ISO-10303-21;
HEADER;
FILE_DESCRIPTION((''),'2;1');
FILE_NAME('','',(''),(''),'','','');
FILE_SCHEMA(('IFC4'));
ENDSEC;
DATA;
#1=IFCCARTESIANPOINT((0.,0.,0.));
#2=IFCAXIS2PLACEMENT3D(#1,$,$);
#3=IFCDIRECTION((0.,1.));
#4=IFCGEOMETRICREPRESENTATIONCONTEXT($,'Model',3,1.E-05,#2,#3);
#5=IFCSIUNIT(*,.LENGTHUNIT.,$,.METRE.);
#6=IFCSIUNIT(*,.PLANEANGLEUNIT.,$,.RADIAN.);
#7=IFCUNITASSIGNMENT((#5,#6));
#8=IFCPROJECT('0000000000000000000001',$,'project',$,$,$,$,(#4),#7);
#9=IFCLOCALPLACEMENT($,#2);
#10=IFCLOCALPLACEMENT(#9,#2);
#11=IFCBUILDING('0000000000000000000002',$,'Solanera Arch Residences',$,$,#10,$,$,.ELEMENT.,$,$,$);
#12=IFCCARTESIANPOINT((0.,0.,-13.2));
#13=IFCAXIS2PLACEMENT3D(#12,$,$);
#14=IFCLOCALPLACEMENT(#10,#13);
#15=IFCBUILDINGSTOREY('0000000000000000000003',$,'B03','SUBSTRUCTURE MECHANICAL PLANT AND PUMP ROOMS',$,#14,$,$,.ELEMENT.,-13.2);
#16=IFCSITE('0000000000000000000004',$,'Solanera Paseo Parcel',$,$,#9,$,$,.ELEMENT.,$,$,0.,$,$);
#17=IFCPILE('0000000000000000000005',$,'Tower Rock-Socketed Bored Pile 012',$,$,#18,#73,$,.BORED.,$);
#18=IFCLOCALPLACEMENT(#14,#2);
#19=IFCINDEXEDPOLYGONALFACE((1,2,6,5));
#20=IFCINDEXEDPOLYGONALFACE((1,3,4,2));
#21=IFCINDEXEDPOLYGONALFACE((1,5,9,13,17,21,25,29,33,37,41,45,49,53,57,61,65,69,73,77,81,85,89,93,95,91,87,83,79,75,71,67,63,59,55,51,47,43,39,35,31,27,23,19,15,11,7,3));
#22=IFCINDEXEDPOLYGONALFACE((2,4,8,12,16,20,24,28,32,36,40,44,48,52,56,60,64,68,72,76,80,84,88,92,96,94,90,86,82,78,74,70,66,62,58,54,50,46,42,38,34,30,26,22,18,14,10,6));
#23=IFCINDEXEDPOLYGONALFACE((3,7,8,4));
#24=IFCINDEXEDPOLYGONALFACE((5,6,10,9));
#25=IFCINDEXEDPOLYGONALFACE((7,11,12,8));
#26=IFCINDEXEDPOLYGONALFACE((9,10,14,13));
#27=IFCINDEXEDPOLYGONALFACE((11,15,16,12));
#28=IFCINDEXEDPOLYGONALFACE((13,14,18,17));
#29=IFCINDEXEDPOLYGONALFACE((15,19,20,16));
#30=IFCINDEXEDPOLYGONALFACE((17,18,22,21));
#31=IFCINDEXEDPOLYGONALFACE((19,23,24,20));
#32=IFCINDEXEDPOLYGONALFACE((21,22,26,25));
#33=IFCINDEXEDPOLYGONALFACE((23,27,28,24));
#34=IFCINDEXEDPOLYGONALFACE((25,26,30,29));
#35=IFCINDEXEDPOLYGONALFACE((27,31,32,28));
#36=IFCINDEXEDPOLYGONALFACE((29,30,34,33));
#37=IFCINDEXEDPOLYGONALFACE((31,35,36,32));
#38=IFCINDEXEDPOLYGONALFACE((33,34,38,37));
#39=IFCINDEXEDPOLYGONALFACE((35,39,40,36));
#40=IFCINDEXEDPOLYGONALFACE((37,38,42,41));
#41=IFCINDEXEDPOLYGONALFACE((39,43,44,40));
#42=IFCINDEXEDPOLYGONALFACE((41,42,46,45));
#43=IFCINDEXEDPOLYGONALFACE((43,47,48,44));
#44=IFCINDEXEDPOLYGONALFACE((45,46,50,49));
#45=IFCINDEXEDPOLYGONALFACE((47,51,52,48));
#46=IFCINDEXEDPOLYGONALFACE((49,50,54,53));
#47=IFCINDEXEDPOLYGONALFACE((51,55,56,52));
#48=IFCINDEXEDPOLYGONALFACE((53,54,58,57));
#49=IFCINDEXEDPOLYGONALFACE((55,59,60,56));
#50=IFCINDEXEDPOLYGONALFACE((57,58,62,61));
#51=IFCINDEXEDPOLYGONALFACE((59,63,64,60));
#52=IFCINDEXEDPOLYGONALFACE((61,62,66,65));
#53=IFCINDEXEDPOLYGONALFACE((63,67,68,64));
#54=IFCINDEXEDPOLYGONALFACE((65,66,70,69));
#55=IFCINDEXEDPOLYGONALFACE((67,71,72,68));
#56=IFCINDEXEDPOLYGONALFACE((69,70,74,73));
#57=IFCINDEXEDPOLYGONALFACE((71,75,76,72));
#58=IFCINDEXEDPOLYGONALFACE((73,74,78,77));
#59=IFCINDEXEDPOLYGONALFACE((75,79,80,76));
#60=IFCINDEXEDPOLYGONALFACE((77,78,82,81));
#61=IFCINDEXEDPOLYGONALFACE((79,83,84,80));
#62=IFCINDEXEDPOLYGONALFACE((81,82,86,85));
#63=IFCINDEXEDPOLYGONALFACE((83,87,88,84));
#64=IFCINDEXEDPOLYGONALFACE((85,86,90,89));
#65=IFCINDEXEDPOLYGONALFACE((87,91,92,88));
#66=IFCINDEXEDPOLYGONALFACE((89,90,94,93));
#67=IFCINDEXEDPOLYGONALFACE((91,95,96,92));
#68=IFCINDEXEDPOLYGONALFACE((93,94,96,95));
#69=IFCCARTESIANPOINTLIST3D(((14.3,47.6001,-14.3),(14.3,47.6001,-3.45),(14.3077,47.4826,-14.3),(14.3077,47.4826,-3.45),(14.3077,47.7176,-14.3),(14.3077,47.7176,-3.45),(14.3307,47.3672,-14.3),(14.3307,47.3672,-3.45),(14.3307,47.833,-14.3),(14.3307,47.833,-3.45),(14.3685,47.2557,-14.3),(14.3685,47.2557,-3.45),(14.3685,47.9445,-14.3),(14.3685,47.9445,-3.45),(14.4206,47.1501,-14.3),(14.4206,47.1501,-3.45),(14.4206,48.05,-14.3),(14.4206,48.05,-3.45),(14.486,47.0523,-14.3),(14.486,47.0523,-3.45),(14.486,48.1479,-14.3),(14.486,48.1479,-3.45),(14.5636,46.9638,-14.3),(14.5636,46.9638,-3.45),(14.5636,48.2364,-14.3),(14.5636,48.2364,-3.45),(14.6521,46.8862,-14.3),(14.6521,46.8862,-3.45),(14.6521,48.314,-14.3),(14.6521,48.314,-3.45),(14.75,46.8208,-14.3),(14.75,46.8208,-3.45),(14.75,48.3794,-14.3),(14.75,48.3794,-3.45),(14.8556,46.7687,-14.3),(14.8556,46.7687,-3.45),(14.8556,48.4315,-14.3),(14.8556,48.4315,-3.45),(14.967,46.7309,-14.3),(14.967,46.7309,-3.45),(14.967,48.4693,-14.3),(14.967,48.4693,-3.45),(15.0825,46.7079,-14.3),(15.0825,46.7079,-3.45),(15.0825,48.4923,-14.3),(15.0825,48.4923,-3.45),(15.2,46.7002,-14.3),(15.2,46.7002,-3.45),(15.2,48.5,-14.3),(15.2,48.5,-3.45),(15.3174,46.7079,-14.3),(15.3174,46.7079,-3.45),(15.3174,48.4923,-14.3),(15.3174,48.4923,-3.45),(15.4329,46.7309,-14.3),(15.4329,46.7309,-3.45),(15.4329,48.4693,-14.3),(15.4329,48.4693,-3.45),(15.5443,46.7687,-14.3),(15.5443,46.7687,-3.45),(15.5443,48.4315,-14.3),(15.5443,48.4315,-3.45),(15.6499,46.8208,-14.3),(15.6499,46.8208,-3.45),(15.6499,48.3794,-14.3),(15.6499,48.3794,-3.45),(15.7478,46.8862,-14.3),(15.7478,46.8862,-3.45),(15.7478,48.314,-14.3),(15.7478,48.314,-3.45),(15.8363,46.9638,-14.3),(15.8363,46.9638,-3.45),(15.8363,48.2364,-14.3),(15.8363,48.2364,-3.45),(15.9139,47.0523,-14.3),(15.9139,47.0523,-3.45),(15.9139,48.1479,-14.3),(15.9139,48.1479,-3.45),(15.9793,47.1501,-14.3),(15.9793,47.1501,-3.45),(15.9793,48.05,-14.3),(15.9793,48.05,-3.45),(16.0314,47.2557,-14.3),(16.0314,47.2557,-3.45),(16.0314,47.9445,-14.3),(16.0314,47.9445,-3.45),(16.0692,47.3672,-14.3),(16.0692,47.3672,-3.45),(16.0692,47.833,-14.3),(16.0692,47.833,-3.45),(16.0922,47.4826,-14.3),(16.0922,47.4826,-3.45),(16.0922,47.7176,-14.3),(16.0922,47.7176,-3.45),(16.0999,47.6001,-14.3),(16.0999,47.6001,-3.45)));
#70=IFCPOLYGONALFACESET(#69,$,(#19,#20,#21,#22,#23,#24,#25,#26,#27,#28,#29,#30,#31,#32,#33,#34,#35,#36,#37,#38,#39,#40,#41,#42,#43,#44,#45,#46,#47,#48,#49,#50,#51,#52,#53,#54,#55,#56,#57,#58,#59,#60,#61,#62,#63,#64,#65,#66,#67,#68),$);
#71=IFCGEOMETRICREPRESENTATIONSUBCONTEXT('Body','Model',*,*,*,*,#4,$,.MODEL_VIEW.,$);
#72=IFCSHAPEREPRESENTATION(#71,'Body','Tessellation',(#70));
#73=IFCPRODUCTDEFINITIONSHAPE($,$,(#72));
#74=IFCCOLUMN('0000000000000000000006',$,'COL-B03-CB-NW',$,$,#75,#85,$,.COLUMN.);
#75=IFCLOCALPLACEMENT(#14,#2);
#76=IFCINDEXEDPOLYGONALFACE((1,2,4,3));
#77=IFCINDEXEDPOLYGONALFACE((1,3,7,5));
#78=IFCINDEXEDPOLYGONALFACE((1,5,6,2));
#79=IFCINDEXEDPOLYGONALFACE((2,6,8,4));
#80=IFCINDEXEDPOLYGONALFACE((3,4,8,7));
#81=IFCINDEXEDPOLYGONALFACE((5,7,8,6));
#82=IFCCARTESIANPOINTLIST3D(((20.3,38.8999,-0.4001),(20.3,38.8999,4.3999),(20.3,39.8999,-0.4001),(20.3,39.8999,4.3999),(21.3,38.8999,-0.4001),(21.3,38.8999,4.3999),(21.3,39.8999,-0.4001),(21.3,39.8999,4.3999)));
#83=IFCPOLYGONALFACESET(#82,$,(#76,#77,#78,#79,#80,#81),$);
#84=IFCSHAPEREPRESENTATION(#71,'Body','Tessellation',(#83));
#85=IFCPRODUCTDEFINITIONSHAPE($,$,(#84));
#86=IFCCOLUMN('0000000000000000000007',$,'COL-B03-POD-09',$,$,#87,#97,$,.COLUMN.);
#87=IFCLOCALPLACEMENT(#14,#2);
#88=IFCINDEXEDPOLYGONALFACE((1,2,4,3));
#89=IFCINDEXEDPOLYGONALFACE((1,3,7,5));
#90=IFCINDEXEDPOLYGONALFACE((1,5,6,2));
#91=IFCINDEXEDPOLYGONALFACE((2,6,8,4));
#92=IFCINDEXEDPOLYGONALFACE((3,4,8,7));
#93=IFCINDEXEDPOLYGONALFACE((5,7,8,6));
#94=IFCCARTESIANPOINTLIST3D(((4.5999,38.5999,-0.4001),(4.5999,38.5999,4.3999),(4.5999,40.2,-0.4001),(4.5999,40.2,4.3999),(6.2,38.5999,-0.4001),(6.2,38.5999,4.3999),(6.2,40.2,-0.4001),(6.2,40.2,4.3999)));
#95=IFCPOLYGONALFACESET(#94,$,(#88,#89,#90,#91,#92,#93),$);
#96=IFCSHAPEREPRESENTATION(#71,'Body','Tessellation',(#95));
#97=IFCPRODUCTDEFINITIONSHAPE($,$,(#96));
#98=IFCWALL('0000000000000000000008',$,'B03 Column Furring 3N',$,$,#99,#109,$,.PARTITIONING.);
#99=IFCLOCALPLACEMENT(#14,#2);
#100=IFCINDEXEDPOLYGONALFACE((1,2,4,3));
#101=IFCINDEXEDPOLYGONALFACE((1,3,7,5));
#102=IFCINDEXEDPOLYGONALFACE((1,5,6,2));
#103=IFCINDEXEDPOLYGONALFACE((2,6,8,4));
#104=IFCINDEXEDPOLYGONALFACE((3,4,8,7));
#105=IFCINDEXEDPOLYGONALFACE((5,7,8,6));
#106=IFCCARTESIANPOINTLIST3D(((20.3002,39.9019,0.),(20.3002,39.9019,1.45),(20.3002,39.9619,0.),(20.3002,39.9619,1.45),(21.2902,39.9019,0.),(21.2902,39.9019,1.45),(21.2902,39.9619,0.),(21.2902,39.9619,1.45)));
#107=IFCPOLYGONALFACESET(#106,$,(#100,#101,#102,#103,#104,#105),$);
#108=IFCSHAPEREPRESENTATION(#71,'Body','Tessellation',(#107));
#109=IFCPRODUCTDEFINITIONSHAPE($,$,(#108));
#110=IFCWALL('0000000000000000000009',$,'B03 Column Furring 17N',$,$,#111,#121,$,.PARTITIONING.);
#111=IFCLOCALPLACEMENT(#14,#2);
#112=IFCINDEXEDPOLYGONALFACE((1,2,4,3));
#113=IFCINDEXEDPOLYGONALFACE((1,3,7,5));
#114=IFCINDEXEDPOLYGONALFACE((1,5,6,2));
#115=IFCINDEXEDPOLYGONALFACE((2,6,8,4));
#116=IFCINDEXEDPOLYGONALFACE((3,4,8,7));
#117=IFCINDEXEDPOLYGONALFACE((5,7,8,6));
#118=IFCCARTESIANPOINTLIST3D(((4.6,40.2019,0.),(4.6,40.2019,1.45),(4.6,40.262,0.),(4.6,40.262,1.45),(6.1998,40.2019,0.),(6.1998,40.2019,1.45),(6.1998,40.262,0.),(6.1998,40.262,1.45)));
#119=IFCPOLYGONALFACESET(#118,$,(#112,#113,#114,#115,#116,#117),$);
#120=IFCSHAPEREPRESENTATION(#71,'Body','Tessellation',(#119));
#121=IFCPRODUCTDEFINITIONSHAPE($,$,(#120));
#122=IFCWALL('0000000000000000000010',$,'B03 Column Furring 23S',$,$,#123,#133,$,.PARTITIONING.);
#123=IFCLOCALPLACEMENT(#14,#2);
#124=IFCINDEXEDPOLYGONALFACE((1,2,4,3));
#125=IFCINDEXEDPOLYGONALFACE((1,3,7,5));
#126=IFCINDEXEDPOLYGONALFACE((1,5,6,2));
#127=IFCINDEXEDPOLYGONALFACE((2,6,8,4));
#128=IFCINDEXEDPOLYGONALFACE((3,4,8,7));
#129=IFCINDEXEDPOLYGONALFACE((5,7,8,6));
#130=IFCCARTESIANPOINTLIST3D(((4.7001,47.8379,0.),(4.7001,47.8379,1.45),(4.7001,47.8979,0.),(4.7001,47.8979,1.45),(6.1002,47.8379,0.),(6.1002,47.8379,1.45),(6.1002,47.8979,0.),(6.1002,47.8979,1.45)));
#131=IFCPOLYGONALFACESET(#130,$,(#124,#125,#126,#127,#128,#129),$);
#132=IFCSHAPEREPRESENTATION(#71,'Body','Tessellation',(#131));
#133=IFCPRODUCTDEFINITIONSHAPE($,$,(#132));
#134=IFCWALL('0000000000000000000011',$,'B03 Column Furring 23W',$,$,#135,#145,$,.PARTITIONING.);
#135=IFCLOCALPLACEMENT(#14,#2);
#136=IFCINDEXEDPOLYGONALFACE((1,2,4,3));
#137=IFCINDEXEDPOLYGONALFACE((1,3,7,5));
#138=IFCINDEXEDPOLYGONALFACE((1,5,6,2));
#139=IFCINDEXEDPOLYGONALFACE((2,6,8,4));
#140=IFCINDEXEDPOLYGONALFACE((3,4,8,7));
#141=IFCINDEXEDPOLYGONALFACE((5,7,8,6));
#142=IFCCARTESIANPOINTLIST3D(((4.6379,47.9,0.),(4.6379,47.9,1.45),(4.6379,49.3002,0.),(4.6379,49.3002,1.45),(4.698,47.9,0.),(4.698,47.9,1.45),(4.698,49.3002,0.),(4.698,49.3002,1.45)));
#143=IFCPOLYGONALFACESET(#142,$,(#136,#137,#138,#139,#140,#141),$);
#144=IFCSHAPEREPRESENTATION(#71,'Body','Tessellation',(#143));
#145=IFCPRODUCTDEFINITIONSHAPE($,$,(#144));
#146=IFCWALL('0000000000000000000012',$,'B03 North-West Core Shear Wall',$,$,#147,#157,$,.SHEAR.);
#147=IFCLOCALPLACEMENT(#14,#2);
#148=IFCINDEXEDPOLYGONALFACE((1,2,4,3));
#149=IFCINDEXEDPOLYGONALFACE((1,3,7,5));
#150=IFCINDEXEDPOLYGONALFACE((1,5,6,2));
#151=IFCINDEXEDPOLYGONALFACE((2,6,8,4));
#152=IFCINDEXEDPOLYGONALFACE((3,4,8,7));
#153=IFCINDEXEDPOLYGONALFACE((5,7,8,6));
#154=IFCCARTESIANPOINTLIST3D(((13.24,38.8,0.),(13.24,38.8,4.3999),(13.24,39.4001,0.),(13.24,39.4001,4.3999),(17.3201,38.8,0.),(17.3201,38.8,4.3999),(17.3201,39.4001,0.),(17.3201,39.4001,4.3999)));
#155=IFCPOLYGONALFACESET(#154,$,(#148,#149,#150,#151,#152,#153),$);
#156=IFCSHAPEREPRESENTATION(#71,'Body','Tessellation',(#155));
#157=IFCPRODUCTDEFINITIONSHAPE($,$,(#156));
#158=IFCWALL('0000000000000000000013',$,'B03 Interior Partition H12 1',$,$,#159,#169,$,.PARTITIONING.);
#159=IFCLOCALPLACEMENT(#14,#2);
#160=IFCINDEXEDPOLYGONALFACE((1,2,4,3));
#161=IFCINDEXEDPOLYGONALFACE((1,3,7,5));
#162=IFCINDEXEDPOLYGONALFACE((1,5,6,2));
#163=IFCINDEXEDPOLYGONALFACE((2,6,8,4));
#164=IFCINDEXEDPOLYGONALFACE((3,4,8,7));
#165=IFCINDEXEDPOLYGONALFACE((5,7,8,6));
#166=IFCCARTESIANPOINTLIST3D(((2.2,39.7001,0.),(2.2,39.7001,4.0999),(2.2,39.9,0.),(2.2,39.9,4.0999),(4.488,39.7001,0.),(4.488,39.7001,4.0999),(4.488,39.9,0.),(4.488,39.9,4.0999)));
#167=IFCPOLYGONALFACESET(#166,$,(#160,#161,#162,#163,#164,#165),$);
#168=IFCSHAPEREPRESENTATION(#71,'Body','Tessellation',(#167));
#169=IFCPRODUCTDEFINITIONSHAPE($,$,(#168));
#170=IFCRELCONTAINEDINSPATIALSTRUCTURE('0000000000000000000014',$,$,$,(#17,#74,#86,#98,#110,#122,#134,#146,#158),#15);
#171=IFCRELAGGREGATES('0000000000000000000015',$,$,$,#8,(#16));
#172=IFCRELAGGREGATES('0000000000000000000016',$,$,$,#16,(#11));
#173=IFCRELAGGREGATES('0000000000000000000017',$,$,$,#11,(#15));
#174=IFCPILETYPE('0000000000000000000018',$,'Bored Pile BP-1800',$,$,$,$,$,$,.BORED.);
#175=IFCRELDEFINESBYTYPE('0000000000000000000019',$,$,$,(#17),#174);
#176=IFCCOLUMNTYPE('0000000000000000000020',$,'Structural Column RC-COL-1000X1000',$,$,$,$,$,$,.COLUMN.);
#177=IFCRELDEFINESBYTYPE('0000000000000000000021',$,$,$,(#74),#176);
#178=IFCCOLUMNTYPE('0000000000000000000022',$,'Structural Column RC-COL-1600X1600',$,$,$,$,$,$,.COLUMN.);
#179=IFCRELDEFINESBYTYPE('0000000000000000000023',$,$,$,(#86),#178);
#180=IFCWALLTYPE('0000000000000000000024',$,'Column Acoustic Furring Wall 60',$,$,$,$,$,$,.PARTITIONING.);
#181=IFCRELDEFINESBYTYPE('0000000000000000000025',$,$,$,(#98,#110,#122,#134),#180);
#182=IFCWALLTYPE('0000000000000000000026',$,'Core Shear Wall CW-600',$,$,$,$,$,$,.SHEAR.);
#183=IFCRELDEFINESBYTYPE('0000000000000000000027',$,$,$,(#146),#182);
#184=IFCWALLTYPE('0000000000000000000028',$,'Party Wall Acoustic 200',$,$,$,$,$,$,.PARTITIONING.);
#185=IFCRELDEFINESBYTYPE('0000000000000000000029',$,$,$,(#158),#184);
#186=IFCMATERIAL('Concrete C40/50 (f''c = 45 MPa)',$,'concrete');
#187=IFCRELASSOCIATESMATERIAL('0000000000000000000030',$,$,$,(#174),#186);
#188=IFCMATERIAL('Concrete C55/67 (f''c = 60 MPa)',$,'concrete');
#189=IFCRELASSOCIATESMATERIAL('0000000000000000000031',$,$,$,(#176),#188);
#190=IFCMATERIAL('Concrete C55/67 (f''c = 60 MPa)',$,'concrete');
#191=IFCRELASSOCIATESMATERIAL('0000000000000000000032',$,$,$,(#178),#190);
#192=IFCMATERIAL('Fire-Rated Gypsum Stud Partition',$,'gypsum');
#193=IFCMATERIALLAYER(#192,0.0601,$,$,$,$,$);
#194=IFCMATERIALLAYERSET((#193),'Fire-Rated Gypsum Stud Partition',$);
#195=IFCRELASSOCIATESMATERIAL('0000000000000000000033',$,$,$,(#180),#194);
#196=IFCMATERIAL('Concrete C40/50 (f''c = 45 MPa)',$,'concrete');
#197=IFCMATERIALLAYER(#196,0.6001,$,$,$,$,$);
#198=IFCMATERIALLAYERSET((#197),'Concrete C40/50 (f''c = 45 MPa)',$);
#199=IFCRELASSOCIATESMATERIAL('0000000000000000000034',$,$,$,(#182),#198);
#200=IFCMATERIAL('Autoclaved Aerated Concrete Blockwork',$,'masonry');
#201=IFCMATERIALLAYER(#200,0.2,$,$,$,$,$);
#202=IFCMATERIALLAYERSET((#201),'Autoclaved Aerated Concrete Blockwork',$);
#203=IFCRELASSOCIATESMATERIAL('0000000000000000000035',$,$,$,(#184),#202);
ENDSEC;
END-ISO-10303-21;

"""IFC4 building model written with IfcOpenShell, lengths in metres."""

from ifc_helpers import new_model, si_unit, direction, frame, frame_2d, origin, origin_2d, place, context, subcontext, project, spatial, rectangle, circle, extrude, material, layer, layer_set, material_profile, profile_set, type_object, element, save


model = new_model("IFC4")

# Units and contexts
model_context = context("Model", 3, precision=1e-05, world=origin(), true_north=direction((0.0, 1.0)))
body_context = subcontext(model_context, "Body", "Model", "MODEL_VIEW")
ifc_project = project(units=[si_unit("LENGTHUNIT", "METRE"), si_unit("PLANEANGLEUNIT", "RADIAN")], contexts=[model_context])

# Site, building, storey
site_placement = place(None, origin())
site = spatial("IfcSite", under=ifc_project, at=site_placement, Name="Solanera Paseo Parcel", CompositionType="ELEMENT", RefElevation=0.0)
building_placement = place(site_placement, origin())
building = spatial("IfcBuilding", under=site, at=building_placement, Name="Solanera Arch Residences", CompositionType="ELEMENT")
storey_placement = place(building_placement, frame((0.0, 0.0, -13.2)))
storey = spatial("IfcBuildingStorey", under=building, at=storey_placement, Name="B03", Description="SUBSTRUCTURE MECHANICAL PLANT AND PUMP ROOMS", CompositionType="ELEMENT", Elevation=-13.2)

# Pile
ifc_material_1 = material(Name="Concrete C40/50 (f'c = 45 MPa)", Category="concrete")
ifc_material_profile_1 = material_profile(ifc_material_1, circle(Radius=0.8999, at=origin_2d()))
ifc_profile_set_1 = profile_set([ifc_material_profile_1], Name="Concrete C40/50 (f'c = 45 MPa)")
pile_type = type_object("IfcPileType", Name="Bored Pile BP-1800", PredefinedType="BORED", material=ifc_profile_set_1)
for number, where, z_axis, x_axis, name in (
    (1, (15.2, 47.6001, -3.45), (0.0, 0.0, -1.0), (1.0, 0.0, 0.0), "Tower Rock-Socketed Bored Pile 012"),
):
    element("IfcPile", number, at=place(storey_placement, frame(where, z_axis=z_axis, x_axis=x_axis)), inside=storey, type_object=pile_type, Name=name, PredefinedType="BORED", context=body_context, shape_type="SweptSolid", body=[
        extrude(circle(Radius=0.8999, at=origin_2d()), origin(), (0.0, 0.0, 1.0), 10.8501),
    ])

# Columns
ifc_material_2 = material(Name="Concrete C55/67 (f'c = 60 MPa)", Category="concrete")
ifc_material_profile_2 = material_profile(ifc_material_2, rectangle(XDim=1.0, YDim=1.0, at=origin_2d()))
ifc_profile_set_2 = profile_set([ifc_material_profile_2], Name="Concrete C55/67 (f'c = 60 MPa)")
column_type_1 = type_object("IfcColumnType", Name="Structural Column RC-COL-1000X1000", PredefinedType="COLUMN", material=ifc_profile_set_2)
column_1_placement = place(storey_placement, frame((20.8, 39.3999, -0.4001), z_axis=(0.0, 0.0, 1.0), x_axis=(1.0, 0.0, 0.0)))
element("IfcColumn", 2, at=column_1_placement, inside=storey, type_object=column_type_1, Name="COL-B03-CB-NW", PredefinedType="COLUMN", context=body_context, shape_type="SweptSolid", body=[
    extrude(rectangle(XDim=1.0, YDim=1.0, at=origin_2d()), origin(), (0.0, 0.0, 1.0), 4.8),
])
ifc_material_3 = material(Name="Concrete C55/67 (f'c = 60 MPa)", Category="concrete")
ifc_material_profile_3 = material_profile(ifc_material_3, rectangle(XDim=1.6001, YDim=1.6001, at=origin_2d()))
ifc_profile_set_3 = profile_set([ifc_material_profile_3], Name="Concrete C55/67 (f'c = 60 MPa)")
column_type_2 = type_object("IfcColumnType", Name="Structural Column RC-COL-1600X1600", PredefinedType="COLUMN", material=ifc_profile_set_3)
column_2_placement = place(storey_placement, frame((5.3999, 39.3999, -0.4001), z_axis=(0.0, 0.0, 1.0), x_axis=(1.0, 0.0, 0.0)))
element("IfcColumn", 3, at=column_2_placement, inside=storey, type_object=column_type_2, Name="COL-B03-POD-09", PredefinedType="COLUMN", context=body_context, shape_type="SweptSolid", body=[
    extrude(rectangle(XDim=1.6001, YDim=1.6001, at=origin_2d()), origin(), (0.0, 0.0, 1.0), 4.8),
])

# Walls
ifc_material_4 = material(Name="Fire-Rated Gypsum Stud Partition", Category="gypsum")
ifc_layer_1 = layer(ifc_material_4, 0.0601)
ifc_layer_set_1 = layer_set([ifc_layer_1], Name="Fire-Rated Gypsum Stud Partition")
wall_type_1 = type_object("IfcWallType", Name="Column Acoustic Furring Wall 60", PredefinedType="PARTITIONING", material=ifc_layer_set_1)
wall_1_placement = place(storey_placement, frame((20.3, 39.9319, 0.0), z_axis=(0.0, 0.0, 1.0), x_axis=(1.0, 0.0, 0.0)))
element("IfcWall", 4, at=wall_1_placement, inside=storey, type_object=wall_type_1, Name="B03 Column Furring 3N", PredefinedType="PARTITIONING", context=body_context, shape_type="SweptSolid", body=[
    extrude(rectangle(XDim=0.99, YDim=0.0601, at=frame_2d((0.4951, 0.0))), origin(), (0.0, 0.0, 1.0), 1.45),
])
wall_2_placement = place(storey_placement, frame((4.6001, 40.2319, 0.0), z_axis=(0.0, 0.0, 1.0), x_axis=(1.0, 0.0, 0.0)))
element("IfcWall", 5, at=wall_2_placement, inside=storey, type_object=wall_type_1, Name="B03 Column Furring 17N", PredefinedType="PARTITIONING", context=body_context, shape_type="SweptSolid", body=[
    extrude(rectangle(XDim=1.5999, YDim=0.0601, at=frame_2d((0.7998, 0.0))), origin(), (0.0, 0.0, 1.0), 1.45),
])
for number, where, z_axis, x_axis, name in (
    (6, (4.7, 47.8679, 0.0), (0.0, 0.0, 1.0), (1.0, 0.0, 0.0), "B03 Column Furring 23S"),
    (7, (4.668, 47.8999, 0.0), (0.0, 0.0, 1.0), (0.0, 1.0, 0.0), "B03 Column Furring 23W"),
):
    element("IfcWall", number, at=place(storey_placement, frame(where, z_axis=z_axis, x_axis=x_axis)), inside=storey, type_object=wall_type_1, Name=name, PredefinedType="PARTITIONING", context=body_context, shape_type="SweptSolid", body=[
        extrude(rectangle(XDim=1.4001, YDim=0.0601, at=frame_2d((0.7002, 0.0))), origin(), (0.0, 0.0, 1.0), 1.45),
    ])
ifc_material_5 = material(Name="Concrete C40/50 (f'c = 45 MPa)", Category="concrete")
ifc_layer_2 = layer(ifc_material_5, 0.6001)
ifc_layer_set_2 = layer_set([ifc_layer_2], Name="Concrete C40/50 (f'c = 45 MPa)")
wall_type_2 = type_object("IfcWallType", Name="Core Shear Wall CW-600", PredefinedType="SHEAR", material=ifc_layer_set_2)
wall_3_placement = place(storey_placement, frame((13.24, 39.1001, 0.0), z_axis=(0.0, 0.0, 1.0), x_axis=(1.0, 0.0, 0.0)))
element("IfcWall", 8, at=wall_3_placement, inside=storey, type_object=wall_type_2, Name="B03 North-West Core Shear Wall", PredefinedType="SHEAR", context=body_context, shape_type="SweptSolid", body=[
    extrude(rectangle(XDim=4.0801, YDim=0.6001, at=frame_2d((2.04, 0.0))), origin(), (0.0, 0.0, 1.0), 4.3999),
])
ifc_material_6 = material(Name="Autoclaved Aerated Concrete Blockwork", Category="masonry")
ifc_layer_3 = layer(ifc_material_6, 0.2)
ifc_layer_set_3 = layer_set([ifc_layer_3], Name="Autoclaved Aerated Concrete Blockwork")
wall_type_3 = type_object("IfcWallType", Name="Party Wall Acoustic 200", PredefinedType="PARTITIONING", material=ifc_layer_set_3)
wall_4_placement = place(storey_placement, frame((2.2, 39.8, 0.0), z_axis=(0.0, 0.0, 1.0), x_axis=(1.0, 0.0, 0.0)))
element("IfcWall", 9, at=wall_4_placement, inside=storey, type_object=wall_type_3, Name="B03 Interior Partition H12 1", PredefinedType="PARTITIONING", context=body_context, shape_type="SweptSolid", body=[
    extrude(rectangle(XDim=2.2881, YDim=0.2, at=frame_2d((1.144, 0.0))), origin(), (0.0, 0.0, 1.0), 4.0999),
])

save(model, "model.ifc")
